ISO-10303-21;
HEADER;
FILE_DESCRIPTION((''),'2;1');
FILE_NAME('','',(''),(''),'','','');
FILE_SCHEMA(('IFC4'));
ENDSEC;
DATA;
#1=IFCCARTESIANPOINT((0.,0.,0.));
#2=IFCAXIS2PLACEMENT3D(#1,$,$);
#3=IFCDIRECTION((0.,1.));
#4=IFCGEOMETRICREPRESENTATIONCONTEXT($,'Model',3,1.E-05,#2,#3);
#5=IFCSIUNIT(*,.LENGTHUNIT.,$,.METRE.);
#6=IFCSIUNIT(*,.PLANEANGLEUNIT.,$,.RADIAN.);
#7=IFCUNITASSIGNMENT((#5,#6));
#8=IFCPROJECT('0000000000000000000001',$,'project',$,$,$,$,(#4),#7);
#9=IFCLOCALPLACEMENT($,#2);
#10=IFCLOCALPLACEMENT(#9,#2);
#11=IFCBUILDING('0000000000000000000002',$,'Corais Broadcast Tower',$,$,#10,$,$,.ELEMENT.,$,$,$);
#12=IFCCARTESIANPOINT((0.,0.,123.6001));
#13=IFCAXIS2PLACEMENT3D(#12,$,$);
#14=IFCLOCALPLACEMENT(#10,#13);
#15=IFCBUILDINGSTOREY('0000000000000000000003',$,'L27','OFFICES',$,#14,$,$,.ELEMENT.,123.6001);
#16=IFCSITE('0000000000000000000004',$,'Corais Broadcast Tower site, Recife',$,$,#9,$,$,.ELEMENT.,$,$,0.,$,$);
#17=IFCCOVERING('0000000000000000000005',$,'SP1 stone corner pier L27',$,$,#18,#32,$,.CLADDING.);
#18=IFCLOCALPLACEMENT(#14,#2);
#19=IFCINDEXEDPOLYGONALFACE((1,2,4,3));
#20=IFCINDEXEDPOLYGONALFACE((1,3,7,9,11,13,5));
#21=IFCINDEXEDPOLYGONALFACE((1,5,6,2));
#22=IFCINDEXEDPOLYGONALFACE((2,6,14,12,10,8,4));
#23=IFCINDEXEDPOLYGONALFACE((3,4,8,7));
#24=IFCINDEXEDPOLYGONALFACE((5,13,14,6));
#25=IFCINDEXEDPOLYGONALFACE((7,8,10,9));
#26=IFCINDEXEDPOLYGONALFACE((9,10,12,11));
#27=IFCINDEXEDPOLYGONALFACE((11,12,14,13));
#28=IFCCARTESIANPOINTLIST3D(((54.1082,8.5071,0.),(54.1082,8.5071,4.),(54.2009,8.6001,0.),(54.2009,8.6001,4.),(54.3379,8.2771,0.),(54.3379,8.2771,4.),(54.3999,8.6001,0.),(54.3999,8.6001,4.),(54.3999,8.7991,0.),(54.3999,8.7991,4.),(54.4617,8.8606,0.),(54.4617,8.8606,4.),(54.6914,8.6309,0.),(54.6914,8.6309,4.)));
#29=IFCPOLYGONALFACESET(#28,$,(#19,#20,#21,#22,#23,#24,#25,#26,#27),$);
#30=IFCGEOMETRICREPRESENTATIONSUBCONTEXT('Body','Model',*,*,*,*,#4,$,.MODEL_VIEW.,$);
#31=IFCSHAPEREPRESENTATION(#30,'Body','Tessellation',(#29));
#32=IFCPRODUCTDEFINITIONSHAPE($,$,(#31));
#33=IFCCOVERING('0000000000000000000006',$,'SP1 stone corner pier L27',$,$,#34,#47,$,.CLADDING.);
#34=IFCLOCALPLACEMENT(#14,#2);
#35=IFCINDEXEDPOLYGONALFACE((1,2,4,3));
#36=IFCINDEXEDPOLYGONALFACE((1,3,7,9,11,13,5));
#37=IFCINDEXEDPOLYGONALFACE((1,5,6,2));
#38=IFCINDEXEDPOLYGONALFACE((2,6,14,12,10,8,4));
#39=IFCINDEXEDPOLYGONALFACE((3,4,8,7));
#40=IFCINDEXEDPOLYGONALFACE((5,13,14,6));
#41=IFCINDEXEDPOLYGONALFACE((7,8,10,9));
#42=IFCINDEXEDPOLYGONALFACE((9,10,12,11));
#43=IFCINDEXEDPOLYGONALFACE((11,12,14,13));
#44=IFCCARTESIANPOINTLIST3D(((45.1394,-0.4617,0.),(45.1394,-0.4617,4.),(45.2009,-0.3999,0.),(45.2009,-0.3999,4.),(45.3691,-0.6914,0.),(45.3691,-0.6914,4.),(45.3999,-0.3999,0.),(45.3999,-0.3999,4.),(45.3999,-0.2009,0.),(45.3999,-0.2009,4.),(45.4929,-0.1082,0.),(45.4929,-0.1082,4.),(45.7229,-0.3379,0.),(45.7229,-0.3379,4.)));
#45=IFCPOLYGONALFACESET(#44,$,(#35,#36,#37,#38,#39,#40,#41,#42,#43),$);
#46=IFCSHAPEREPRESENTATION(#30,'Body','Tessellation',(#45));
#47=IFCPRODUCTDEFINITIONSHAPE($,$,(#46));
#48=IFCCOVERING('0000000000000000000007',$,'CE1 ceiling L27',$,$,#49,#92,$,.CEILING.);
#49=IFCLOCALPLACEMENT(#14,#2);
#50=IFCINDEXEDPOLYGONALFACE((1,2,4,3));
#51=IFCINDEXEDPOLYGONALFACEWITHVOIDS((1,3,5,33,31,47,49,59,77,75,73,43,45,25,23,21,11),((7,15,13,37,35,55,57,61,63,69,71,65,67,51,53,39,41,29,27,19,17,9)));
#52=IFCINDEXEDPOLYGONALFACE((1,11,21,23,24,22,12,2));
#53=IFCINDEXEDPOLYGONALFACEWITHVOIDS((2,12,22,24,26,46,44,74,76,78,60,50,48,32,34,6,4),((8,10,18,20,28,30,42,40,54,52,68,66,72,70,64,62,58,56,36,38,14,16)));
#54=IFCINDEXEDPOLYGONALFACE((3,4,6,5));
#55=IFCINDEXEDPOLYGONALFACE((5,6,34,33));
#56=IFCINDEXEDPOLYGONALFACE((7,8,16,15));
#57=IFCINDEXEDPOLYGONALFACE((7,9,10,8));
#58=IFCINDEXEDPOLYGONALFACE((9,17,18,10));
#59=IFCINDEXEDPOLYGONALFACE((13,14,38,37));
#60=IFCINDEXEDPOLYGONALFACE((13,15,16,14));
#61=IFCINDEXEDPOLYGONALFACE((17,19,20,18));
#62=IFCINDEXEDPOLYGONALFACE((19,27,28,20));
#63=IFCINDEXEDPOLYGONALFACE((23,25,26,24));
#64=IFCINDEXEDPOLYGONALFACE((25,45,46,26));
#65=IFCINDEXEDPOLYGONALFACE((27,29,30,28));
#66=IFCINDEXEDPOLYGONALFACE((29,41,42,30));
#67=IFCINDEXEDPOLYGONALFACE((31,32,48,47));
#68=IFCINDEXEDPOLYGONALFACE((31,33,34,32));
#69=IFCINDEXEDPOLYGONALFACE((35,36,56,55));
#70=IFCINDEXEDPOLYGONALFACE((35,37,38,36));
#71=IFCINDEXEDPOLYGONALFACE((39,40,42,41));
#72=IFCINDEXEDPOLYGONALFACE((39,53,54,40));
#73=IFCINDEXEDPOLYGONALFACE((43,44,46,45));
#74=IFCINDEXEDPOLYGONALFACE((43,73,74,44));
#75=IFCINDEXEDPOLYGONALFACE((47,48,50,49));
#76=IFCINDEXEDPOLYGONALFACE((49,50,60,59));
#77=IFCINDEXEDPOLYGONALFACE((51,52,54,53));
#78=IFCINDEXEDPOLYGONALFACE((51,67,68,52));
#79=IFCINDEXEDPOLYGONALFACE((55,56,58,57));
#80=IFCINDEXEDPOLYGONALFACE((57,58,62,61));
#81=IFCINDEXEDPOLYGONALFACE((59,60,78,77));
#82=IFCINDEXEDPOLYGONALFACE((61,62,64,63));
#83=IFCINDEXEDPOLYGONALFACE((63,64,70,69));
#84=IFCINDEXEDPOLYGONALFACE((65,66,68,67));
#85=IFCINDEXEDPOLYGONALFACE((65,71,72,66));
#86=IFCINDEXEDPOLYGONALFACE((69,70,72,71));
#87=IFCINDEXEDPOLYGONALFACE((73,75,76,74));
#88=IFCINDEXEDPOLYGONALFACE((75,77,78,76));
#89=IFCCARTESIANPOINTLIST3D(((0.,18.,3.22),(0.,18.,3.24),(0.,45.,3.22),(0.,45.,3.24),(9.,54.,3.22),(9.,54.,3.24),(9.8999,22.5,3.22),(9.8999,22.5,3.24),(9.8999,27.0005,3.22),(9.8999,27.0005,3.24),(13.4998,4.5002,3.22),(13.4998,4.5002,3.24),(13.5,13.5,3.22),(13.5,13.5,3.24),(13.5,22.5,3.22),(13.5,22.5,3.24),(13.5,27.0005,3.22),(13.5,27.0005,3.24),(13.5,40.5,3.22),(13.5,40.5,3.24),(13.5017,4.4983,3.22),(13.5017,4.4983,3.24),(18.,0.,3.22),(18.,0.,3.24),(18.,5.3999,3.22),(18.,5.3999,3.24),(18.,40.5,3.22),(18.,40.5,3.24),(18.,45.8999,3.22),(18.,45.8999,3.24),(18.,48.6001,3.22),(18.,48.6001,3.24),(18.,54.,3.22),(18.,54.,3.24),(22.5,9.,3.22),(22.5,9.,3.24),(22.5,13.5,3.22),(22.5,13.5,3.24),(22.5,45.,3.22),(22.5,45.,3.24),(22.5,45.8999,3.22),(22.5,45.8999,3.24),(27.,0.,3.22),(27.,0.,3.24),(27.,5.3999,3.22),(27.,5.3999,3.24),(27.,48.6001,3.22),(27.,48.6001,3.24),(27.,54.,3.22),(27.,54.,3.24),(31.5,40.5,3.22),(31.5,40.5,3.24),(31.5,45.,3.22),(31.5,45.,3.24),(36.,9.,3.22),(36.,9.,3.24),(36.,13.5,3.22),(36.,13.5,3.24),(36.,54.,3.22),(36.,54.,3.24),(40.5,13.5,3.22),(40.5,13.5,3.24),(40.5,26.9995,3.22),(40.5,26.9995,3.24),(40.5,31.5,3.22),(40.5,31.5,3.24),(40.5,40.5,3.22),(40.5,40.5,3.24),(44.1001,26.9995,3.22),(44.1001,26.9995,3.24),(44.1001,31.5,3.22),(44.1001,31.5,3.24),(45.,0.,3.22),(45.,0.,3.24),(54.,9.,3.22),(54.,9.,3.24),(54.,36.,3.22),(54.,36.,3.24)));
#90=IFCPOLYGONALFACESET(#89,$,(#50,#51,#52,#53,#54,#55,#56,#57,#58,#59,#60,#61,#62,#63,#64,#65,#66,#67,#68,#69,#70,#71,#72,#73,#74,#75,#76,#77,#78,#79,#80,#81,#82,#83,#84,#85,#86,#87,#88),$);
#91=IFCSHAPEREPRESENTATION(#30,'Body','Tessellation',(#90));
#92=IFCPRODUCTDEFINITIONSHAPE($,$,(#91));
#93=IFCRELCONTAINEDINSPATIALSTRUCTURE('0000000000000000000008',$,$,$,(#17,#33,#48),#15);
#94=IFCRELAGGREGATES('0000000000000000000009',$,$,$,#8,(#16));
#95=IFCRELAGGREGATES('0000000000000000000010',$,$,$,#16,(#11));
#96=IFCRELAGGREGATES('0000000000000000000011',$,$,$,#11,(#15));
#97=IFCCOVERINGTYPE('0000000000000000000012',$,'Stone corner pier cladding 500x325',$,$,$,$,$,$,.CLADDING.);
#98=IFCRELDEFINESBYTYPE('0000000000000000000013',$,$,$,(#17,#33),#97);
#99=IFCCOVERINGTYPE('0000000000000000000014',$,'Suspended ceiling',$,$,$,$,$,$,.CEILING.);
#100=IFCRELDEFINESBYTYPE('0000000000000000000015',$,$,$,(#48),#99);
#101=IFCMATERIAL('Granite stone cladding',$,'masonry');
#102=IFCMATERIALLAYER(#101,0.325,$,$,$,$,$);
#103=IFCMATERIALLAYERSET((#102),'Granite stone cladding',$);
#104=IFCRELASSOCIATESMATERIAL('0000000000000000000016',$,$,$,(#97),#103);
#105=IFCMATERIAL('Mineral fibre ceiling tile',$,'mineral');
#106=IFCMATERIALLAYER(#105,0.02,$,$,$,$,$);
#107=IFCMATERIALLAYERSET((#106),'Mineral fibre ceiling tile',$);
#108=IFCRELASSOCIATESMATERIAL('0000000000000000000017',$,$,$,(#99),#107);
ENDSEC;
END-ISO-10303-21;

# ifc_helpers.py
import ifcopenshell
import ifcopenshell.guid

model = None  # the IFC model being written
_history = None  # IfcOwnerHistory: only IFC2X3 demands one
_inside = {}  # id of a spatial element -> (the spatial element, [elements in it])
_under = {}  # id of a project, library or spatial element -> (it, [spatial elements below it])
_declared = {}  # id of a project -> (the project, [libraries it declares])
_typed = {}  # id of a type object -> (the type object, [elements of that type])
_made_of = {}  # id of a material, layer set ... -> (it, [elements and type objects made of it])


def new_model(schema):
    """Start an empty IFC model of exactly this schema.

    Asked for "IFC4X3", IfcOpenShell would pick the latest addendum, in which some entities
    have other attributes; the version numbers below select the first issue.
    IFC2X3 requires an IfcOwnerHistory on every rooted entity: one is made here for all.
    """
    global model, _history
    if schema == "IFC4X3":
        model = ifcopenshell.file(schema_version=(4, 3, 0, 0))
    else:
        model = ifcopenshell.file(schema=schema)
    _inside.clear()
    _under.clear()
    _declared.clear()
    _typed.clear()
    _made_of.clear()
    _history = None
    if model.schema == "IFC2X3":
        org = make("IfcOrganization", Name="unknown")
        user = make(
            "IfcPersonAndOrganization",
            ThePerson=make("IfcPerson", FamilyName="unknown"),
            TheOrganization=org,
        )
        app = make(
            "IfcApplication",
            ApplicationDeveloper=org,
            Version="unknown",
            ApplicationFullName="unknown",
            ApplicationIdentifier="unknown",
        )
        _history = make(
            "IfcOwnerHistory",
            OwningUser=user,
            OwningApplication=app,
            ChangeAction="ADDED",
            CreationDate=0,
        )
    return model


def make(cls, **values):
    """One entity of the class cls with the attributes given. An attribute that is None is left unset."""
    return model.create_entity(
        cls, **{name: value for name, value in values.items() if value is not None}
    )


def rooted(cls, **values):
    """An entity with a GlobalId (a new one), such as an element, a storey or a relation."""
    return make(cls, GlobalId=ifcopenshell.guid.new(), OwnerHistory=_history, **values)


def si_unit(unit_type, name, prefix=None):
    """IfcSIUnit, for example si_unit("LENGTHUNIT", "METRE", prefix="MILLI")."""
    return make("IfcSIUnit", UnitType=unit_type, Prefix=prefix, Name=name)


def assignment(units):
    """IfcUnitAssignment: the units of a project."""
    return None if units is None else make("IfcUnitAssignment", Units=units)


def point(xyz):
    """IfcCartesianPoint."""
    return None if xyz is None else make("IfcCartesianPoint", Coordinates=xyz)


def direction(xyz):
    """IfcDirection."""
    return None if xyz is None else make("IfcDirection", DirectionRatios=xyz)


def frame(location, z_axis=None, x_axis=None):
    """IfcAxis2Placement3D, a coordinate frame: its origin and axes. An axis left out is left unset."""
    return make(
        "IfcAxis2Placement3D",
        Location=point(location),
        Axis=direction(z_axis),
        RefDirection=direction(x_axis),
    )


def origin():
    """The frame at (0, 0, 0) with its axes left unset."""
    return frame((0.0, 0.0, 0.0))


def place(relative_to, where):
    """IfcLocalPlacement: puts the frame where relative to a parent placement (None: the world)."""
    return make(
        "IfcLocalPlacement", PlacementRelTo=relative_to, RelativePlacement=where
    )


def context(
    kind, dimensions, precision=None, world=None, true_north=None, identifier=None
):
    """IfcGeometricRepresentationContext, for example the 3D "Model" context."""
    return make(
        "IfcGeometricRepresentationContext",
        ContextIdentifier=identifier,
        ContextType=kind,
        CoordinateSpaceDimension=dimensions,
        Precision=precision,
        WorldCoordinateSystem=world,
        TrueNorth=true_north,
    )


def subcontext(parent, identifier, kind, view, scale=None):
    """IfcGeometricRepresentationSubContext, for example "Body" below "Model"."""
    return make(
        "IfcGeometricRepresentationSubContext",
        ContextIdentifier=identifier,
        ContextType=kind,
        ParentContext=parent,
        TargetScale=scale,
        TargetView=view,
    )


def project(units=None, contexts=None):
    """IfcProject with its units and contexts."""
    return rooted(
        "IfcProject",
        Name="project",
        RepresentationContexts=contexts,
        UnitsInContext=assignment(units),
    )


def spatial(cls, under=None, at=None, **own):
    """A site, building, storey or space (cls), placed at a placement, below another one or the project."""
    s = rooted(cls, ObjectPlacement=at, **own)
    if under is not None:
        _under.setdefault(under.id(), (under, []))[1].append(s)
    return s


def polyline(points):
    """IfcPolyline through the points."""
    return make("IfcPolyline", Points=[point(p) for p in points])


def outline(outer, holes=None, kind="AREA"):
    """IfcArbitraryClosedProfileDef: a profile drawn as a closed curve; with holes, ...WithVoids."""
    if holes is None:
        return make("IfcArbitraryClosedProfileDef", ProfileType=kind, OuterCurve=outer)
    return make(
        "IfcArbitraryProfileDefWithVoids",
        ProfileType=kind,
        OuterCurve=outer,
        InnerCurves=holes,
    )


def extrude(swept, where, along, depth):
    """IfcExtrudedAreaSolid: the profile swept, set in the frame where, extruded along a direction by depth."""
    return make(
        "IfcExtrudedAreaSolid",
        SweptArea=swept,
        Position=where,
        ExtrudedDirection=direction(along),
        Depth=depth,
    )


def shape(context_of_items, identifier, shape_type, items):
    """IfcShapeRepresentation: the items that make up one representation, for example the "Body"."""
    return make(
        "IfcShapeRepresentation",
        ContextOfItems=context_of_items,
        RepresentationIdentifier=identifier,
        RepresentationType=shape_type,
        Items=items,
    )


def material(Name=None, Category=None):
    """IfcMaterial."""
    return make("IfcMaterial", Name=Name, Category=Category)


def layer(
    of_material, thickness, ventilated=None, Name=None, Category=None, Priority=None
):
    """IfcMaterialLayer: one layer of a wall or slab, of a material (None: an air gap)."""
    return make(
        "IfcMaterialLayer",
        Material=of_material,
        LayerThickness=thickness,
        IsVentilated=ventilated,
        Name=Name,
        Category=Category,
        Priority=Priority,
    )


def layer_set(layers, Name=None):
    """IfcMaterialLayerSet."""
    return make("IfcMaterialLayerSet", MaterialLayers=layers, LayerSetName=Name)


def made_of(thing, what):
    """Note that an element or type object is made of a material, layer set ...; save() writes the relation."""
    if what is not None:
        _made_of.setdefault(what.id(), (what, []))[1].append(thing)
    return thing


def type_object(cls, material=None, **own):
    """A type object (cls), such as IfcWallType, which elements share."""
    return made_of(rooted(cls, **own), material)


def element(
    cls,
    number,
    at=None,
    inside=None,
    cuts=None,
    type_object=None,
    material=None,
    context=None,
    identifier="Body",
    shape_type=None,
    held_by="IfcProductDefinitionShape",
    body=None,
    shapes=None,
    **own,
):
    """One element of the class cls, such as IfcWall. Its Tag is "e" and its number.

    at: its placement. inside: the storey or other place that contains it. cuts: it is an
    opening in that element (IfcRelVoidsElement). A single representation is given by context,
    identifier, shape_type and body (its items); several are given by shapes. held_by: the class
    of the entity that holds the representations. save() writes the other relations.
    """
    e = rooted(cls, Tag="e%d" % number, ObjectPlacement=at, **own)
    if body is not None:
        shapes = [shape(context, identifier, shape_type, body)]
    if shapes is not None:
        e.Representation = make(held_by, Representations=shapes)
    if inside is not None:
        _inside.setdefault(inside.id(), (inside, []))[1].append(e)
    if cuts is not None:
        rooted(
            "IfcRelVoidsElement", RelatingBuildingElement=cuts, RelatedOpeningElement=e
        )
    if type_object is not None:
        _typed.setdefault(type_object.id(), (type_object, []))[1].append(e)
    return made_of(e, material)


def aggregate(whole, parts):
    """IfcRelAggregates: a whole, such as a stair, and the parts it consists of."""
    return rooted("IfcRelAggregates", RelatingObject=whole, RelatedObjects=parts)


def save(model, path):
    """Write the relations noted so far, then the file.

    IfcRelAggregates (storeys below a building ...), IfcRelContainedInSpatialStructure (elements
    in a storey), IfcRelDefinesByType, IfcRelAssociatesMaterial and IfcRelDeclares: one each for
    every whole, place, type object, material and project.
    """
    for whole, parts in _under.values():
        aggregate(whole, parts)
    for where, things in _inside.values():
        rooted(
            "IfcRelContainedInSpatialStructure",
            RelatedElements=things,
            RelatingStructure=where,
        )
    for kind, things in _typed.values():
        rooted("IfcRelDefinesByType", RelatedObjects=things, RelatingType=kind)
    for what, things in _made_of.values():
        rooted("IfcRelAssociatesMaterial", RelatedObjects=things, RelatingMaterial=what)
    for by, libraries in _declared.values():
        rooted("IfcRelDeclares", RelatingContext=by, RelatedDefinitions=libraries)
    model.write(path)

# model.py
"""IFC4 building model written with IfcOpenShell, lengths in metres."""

from ifc_helpers import new_model, si_unit, direction, frame, origin, place, context, subcontext, project, spatial, polyline, outline, extrude, material, layer, layer_set, type_object, element, save


model = new_model("IFC4")

# Units and contexts
model_context = context("Model", 3, precision=1e-05, world=origin(), true_north=direction((0.0, 1.0)))
body_context = subcontext(model_context, "Body", "Model", "MODEL_VIEW")
ifc_project = project(units=[si_unit("LENGTHUNIT", "METRE"), si_unit("PLANEANGLEUNIT", "RADIAN")], contexts=[model_context])

# Site, building, storey
site_placement = place(None, origin())
site = spatial("IfcSite", under=ifc_project, at=site_placement, Name="Corais Broadcast Tower site, Recife", CompositionType="ELEMENT", RefElevation=0.0)
building_placement = place(site_placement, origin())
building = spatial("IfcBuilding", under=site, at=building_placement, Name="Corais Broadcast Tower", CompositionType="ELEMENT")
storey_placement = place(building_placement, frame((0.0, 0.0, 123.6001)))
storey = spatial("IfcBuildingStorey", under=building, at=storey_placement, Name="L27", Description="OFFICES", CompositionType="ELEMENT", Elevation=123.6001)

# Coverings
ifc_material_1 = material(Name="Granite stone cladding", Category="masonry")
ifc_layer_1 = layer(ifc_material_1, 0.325)
ifc_layer_set_1 = layer_set([ifc_layer_1], Name="Granite stone cladding")
covering_type_1 = type_object("IfcCoveringType", Name="Stone corner pier cladding 500x325", PredefinedType="CLADDING", material=ifc_layer_set_1)
covering_1_placement = place(storey_placement, origin())
element("IfcCovering", 1, at=covering_1_placement, inside=storey, type_object=covering_type_1, Name="SP1 stone corner pier L27", PredefinedType="CLADDING", context=body_context, shape_type="SweptSolid", body=[
    extrude(outline(polyline([(54.4617, 8.8606), (54.3999, 8.7991), (54.3999, 8.6001), (54.2009, 8.6001), (54.1082, 8.5071), (54.3379, 8.2771), (54.6914, 8.6309), (54.4617, 8.8606)])), origin(), (0.0, 0.0, 1.0), 4.0),
])
covering_2_placement = place(storey_placement, origin())
element("IfcCovering", 2, at=covering_2_placement, inside=storey, type_object=covering_type_1, Name="SP1 stone corner pier L27", PredefinedType="CLADDING", context=body_context, shape_type="SweptSolid", body=[
    extrude(outline(polyline([(45.2009, -0.3999), (45.1394, -0.4617), (45.3691, -0.6914), (45.7229, -0.3379), (45.4929, -0.1082), (45.3999, -0.2009), (45.3999, -0.3999), (45.2009, -0.3999)])), origin(), (0.0, 0.0, 1.0), 4.0),
])
ifc_material_2 = material(Name="Mineral fibre ceiling tile", Category="mineral")
ifc_layer_2 = layer(ifc_material_2, 0.02)
ifc_layer_set_2 = layer_set([ifc_layer_2], Name="Mineral fibre ceiling tile")
covering_type_2 = type_object("IfcCoveringType", Name="Suspended ceiling", PredefinedType="CEILING", material=ifc_layer_set_2)
covering_3_placement = place(storey_placement, frame((0.0, 0.0, 3.22)))
element("IfcCovering", 3, at=covering_3_placement, inside=storey, type_object=covering_type_2, Name="CE1 ceiling L27", PredefinedType="CEILING", context=body_context, shape_type="SweptSolid", body=[
    extrude(outline(polyline([(13.5017, 4.4983), (13.4998, 4.5002), (0.0, 18.0), (0.0, 45.0), (9.0, 54.0), (18.0, 54.0), (18.0, 48.6001), (27.0, 48.6001), (27.0, 54.0), (36.0, 54.0), (54.0, 36.0), (54.0, 9.0), (45.0, 0.0), (27.0, 0.0), (27.0, 5.3999), (18.0, 5.3999), (18.0, 0.0), (13.5017, 4.4983)]), holes=[polyline([(9.8999, 22.5), (13.5, 22.5), (13.5, 13.5), (22.5, 13.5), (22.5, 9.0), (36.0, 9.0), (36.0, 13.5), (40.5, 13.5), (40.5, 26.9995), (44.1001, 26.9995), (44.1001, 31.5), (40.5, 31.5), (40.5, 40.5), (31.5, 40.5), (31.5, 45.0), (22.5, 45.0), (22.5, 45.8999), (18.0, 45.8999), (18.0, 40.5), (13.5, 40.5), (13.5, 27.0005), (9.8999, 27.0005), (9.8999, 22.5)])]), origin(), (0.0, 0.0, 1.0), 0.02),
])

save(model, "model.ifc")
